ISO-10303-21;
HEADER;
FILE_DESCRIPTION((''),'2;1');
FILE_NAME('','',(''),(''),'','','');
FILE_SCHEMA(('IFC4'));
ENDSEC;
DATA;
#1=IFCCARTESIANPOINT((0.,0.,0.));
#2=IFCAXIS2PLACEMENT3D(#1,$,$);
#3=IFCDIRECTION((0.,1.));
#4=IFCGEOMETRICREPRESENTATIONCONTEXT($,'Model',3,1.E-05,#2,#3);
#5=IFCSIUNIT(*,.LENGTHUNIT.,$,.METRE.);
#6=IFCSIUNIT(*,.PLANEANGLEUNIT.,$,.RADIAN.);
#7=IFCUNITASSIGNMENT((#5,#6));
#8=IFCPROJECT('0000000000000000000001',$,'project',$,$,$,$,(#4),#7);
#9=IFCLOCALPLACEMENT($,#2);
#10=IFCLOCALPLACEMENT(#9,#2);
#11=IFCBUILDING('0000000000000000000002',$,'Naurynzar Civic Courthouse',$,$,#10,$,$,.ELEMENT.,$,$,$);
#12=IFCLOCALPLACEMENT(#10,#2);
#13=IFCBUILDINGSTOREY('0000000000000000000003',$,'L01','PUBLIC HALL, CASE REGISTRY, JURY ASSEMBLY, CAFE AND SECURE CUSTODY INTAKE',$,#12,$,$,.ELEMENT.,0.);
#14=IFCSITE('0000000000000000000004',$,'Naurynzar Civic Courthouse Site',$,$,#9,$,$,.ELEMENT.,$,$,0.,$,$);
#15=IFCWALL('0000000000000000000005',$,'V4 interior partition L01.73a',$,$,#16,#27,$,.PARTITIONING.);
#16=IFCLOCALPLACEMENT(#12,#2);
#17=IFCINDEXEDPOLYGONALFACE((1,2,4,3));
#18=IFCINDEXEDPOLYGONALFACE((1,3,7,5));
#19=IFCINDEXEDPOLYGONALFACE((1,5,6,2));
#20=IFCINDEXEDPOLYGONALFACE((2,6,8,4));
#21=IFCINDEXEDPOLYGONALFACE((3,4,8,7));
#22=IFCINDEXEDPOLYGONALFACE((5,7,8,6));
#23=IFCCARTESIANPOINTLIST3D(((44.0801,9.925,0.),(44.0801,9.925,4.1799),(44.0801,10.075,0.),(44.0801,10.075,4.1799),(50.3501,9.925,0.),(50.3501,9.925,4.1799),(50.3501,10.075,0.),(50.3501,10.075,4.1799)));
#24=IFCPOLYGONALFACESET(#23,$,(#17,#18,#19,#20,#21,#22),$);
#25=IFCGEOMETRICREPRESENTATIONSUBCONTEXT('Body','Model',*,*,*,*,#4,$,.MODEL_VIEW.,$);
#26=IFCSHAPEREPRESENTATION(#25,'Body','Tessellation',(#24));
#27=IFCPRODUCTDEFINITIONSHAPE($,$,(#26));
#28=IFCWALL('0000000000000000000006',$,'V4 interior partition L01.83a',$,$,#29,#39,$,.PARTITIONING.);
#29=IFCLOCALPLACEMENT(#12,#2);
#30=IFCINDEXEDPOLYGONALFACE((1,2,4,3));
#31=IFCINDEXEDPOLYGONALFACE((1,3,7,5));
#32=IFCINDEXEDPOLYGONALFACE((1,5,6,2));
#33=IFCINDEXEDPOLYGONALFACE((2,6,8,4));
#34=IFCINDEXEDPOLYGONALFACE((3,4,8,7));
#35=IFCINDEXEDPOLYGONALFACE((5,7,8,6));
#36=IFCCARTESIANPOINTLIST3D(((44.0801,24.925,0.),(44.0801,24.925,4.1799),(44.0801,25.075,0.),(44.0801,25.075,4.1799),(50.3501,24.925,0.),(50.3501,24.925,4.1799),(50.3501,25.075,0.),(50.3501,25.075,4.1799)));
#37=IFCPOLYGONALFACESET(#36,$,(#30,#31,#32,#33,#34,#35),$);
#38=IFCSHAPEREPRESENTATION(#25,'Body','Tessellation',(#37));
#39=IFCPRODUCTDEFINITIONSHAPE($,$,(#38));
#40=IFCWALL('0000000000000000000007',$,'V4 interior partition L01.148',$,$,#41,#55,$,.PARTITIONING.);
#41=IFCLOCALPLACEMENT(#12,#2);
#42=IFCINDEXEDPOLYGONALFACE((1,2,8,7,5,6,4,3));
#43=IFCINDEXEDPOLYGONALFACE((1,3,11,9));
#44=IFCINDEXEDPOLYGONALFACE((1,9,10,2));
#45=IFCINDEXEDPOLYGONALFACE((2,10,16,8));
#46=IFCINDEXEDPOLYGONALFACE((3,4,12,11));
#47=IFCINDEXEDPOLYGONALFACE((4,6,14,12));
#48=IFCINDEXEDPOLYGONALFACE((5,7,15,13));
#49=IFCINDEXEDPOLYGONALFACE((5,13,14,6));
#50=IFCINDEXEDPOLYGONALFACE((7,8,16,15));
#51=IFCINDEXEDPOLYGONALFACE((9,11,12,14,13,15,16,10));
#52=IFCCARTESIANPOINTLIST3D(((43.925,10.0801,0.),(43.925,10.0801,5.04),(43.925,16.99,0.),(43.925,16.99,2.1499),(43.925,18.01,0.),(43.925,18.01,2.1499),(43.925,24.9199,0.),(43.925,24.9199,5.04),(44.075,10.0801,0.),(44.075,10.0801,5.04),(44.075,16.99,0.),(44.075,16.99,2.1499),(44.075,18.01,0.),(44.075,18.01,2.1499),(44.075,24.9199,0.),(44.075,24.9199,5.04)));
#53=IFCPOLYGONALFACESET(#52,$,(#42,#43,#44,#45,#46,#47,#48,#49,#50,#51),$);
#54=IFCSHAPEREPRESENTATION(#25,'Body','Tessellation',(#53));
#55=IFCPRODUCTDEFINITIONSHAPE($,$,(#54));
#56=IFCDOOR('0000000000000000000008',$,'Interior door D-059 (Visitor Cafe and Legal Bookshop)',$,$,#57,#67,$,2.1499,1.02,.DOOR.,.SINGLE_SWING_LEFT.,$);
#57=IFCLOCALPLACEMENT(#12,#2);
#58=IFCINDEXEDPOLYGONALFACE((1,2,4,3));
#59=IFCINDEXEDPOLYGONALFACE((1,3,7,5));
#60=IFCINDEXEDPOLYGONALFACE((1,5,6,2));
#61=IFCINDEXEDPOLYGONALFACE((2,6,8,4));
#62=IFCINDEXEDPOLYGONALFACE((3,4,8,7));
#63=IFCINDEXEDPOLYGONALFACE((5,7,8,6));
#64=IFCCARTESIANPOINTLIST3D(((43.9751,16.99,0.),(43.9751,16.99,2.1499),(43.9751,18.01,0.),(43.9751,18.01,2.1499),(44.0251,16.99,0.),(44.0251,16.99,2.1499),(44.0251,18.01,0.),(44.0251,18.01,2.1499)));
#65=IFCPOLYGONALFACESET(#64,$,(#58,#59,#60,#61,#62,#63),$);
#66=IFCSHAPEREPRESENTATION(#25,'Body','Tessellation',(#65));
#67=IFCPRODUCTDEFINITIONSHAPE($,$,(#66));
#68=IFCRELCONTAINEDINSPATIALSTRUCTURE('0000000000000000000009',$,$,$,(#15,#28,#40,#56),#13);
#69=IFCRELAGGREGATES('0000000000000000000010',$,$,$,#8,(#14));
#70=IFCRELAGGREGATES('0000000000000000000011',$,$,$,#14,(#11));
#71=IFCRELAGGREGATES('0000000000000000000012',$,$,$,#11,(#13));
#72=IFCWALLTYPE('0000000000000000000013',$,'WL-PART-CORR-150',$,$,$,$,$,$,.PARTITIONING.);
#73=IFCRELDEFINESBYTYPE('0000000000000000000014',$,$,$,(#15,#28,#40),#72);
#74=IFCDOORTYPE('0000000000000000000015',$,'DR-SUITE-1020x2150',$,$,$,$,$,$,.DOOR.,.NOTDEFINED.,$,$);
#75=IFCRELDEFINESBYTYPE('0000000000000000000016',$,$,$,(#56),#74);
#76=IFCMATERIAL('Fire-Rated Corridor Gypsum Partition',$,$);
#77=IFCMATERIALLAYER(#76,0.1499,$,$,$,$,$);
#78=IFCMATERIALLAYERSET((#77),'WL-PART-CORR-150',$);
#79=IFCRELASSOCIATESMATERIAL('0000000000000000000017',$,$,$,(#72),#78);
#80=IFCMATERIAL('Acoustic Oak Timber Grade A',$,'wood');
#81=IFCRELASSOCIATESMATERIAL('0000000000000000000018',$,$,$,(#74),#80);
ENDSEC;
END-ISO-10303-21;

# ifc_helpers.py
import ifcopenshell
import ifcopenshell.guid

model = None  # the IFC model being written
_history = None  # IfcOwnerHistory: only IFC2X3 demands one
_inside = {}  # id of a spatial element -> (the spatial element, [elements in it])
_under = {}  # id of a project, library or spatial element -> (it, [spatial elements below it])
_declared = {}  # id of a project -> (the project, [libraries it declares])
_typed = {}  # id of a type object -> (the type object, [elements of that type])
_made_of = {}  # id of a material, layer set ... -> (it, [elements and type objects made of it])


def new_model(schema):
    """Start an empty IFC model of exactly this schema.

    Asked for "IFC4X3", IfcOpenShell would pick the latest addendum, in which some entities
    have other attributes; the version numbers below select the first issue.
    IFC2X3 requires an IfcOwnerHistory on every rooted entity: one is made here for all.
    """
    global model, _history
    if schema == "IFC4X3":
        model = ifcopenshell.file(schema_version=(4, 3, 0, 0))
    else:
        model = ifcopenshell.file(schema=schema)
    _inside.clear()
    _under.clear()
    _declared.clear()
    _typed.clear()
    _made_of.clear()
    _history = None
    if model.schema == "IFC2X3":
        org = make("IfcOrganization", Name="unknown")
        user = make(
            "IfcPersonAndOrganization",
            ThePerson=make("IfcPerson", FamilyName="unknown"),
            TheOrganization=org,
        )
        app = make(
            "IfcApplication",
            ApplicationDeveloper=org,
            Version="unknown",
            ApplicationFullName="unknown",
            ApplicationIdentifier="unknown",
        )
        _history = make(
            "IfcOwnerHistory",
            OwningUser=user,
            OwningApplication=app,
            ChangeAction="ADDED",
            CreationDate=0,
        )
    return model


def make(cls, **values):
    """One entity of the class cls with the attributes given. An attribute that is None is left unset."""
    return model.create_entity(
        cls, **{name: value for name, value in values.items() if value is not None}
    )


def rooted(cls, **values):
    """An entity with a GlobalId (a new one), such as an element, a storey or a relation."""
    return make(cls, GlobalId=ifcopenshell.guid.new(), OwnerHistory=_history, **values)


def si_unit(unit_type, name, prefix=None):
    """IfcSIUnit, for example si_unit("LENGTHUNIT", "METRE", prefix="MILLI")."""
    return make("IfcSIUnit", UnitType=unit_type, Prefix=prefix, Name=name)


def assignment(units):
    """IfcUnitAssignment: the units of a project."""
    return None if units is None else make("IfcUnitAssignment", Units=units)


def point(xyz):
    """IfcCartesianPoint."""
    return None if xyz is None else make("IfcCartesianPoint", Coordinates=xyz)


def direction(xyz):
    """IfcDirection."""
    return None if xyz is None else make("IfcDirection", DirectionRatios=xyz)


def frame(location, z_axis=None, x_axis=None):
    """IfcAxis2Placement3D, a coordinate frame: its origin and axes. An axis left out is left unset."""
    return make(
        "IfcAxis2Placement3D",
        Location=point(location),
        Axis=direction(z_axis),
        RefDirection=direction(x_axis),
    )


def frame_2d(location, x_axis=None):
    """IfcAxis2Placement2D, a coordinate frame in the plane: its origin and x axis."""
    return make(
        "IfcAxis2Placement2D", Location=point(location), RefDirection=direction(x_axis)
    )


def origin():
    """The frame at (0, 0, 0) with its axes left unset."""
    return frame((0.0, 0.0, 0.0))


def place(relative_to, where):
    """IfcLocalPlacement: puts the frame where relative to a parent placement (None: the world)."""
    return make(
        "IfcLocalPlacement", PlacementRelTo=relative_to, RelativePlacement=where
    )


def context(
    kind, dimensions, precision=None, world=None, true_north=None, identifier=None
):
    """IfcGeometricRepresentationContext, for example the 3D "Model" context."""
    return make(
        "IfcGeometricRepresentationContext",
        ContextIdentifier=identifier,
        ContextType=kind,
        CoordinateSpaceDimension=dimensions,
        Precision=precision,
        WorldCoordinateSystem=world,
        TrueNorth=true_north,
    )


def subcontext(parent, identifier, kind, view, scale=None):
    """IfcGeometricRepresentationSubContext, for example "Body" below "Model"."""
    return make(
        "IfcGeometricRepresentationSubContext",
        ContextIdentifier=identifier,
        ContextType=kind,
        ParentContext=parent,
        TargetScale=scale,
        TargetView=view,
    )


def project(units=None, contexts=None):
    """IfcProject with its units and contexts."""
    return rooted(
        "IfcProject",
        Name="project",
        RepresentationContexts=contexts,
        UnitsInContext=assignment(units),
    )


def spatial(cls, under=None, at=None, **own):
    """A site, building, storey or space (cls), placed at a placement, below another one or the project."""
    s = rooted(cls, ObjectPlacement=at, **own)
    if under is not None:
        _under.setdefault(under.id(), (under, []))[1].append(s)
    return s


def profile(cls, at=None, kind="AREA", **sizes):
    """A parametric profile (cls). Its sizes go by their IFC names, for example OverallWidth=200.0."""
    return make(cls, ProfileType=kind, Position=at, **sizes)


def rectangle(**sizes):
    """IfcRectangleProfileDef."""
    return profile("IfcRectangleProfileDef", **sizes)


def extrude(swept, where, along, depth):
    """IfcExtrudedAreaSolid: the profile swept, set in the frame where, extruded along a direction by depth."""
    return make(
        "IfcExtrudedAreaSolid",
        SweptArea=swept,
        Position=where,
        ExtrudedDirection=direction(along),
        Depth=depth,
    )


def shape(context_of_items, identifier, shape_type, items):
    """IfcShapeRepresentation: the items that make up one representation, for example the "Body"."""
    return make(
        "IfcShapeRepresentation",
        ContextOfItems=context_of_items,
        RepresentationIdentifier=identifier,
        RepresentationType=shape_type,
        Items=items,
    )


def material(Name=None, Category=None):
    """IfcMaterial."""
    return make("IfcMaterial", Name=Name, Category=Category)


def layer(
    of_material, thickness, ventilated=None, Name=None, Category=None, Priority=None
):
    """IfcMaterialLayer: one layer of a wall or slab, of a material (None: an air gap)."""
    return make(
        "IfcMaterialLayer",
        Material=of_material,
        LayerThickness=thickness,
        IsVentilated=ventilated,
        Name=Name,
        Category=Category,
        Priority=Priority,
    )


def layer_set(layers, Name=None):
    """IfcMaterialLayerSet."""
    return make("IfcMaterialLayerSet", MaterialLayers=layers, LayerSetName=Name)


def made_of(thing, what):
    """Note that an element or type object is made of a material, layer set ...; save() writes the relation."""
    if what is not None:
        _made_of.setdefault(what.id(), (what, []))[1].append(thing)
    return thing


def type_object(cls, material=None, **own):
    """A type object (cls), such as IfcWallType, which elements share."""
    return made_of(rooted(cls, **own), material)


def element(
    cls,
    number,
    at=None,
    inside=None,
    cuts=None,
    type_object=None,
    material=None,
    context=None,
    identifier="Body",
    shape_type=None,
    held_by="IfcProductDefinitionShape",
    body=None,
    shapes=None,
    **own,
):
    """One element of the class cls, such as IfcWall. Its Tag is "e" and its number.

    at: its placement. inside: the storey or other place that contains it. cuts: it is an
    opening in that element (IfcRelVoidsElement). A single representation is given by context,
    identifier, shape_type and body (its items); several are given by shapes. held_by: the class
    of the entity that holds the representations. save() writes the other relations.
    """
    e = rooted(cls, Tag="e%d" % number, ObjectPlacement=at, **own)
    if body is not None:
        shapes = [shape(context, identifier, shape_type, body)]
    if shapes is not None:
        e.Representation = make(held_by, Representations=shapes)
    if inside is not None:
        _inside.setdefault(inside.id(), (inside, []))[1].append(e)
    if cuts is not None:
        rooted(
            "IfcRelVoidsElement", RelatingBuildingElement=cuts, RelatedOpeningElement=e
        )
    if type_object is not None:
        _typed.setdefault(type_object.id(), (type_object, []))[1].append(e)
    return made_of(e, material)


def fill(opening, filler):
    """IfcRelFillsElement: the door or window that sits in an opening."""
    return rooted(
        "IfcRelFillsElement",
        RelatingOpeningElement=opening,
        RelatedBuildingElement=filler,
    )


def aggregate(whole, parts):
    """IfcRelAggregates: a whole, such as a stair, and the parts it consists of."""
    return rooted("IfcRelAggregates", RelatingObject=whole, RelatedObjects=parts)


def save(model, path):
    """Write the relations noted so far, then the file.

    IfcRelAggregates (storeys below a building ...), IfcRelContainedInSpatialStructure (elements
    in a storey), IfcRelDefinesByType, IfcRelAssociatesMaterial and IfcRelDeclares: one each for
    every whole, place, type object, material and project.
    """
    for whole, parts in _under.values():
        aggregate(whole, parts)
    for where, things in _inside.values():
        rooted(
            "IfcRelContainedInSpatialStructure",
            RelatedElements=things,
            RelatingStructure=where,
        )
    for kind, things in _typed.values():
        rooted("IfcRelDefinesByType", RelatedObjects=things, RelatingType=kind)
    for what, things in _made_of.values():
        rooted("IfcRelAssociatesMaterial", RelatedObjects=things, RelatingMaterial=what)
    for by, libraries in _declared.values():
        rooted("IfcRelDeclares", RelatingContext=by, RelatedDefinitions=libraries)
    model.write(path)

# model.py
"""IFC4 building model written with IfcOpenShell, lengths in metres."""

from ifc_helpers import new_model, si_unit, direction, frame, frame_2d, origin, place, context, subcontext, project, spatial, rectangle, extrude, material, layer, layer_set, type_object, element, fill, save


model = new_model("IFC4")

# Units and contexts
model_context = context("Model", 3, precision=1e-05, world=origin(), true_north=direction((0.0, 1.0)))
body_context = subcontext(model_context, "Body", "Model", "MODEL_VIEW")
ifc_project = project(units=[si_unit("LENGTHUNIT", "METRE"), si_unit("PLANEANGLEUNIT", "RADIAN")], contexts=[model_context])

# Site, building, storey
site_placement = place(None, origin())
site = spatial("IfcSite", under=ifc_project, at=site_placement, Name="Naurynzar Civic Courthouse Site", CompositionType="ELEMENT", RefElevation=0.0)
building_placement = place(site_placement, origin())
building = spatial("IfcBuilding", under=site, at=building_placement, Name="Naurynzar Civic Courthouse", CompositionType="ELEMENT")
storey_placement = place(building_placement, origin())
storey = spatial("IfcBuildingStorey", under=building, at=storey_placement, Name="L01", Description="PUBLIC HALL, CASE REGISTRY, JURY ASSEMBLY, CAFE AND SECURE CUSTODY INTAKE", CompositionType="ELEMENT", Elevation=0.0)

# Walls
ifc_material_1 = material(Name="Fire-Rated Corridor Gypsum Partition")
ifc_layer_1 = layer(ifc_material_1, 0.1499)
ifc_layer_set_1 = layer_set([ifc_layer_1], Name="WL-PART-CORR-150")
wall_type = type_object("IfcWallType", Name="WL-PART-CORR-150", PredefinedType="PARTITIONING", material=ifc_layer_set_1)
for number, where, z_axis, x_axis, name in (
    (1, (44.0801, 10.0, 0.0), (0.0, 0.0, 1.0), (1.0, 0.0, 0.0), "V4 interior partition L01.73a"),
    (2, (44.0801, 25.0, 0.0), (0.0, 0.0, 1.0), (1.0, 0.0, 0.0), "V4 interior partition L01.83a"),
):
    element("IfcWall", number, at=place(storey_placement, frame(where, z_axis=z_axis, x_axis=x_axis)), inside=storey, type_object=wall_type, Name=name, PredefinedType="PARTITIONING", context=body_context, shape_type="SweptSolid", body=[
        extrude(rectangle(XDim=6.27, YDim=0.1499, at=frame_2d((3.135, 0.0))), origin(), (0.0, 0.0, 1.0), 4.1799),
    ])

# Wall, opening, door
wall_placement = place(storey_placement, frame((44.0, 10.0801, 0.0), z_axis=(0.0, 0.0, 1.0), x_axis=(0.0, 1.0, 0.0)))
wall = element("IfcWall", 3, at=wall_placement, inside=storey, type_object=wall_type, Name="V4 interior partition L01.148", PredefinedType="PARTITIONING", context=body_context, shape_type="SweptSolid", body=[
    extrude(rectangle(XDim=14.8398, YDim=0.1499, at=frame_2d((7.4199, 0.0))), origin(), (0.0, 0.0, 1.0), 5.04),
])
opening_placement = place(wall_placement, frame((6.9099, 0.0, 0.0)))
opening = element("IfcOpeningElement", 4, at=opening_placement, cuts=wall, PredefinedType="OPENING", context=body_context, shape_type="SweptSolid", body=[
    extrude(rectangle(XDim=1.02, YDim=2.1499, at=frame_2d((0.51, 1.075))), frame((0.0, 0.085, 0.0), z_axis=(0.0, -1.0, 0.0), x_axis=(1.0, 0.0, 0.0)), (0.0, 0.0, 1.0), 0.1699),
])
ifc_material_2 = material(Name="Acoustic Oak Timber Grade A", Category="wood")
door_type = type_object("IfcDoorType", Name="DR-SUITE-1020x2150", OperationType="NOTDEFINED", PredefinedType="DOOR", material=ifc_material_2)
door_placement = place(opening_placement, origin())
door = element("IfcDoor", 5, at=door_placement, inside=storey, type_object=door_type, Name="Interior door D-059 (Visitor Cafe and Legal Bookshop)", OperationType="SINGLE_SWING_LEFT", OverallHeight=2.1499, OverallWidth=1.02, PredefinedType="DOOR", context=body_context, shape_type="SweptSolid", body=[
    extrude(rectangle(XDim=1.02, YDim=2.1499, at=frame_2d((0.51, 1.075))), frame((0.0, 0.0249, 0.0), z_axis=(0.0, -1.0, 0.0), x_axis=(1.0, 0.0, 0.0)), (0.0, 0.0, 1.0), 0.05),
])
fill(opening, door)

save(model, "model.ifc")
